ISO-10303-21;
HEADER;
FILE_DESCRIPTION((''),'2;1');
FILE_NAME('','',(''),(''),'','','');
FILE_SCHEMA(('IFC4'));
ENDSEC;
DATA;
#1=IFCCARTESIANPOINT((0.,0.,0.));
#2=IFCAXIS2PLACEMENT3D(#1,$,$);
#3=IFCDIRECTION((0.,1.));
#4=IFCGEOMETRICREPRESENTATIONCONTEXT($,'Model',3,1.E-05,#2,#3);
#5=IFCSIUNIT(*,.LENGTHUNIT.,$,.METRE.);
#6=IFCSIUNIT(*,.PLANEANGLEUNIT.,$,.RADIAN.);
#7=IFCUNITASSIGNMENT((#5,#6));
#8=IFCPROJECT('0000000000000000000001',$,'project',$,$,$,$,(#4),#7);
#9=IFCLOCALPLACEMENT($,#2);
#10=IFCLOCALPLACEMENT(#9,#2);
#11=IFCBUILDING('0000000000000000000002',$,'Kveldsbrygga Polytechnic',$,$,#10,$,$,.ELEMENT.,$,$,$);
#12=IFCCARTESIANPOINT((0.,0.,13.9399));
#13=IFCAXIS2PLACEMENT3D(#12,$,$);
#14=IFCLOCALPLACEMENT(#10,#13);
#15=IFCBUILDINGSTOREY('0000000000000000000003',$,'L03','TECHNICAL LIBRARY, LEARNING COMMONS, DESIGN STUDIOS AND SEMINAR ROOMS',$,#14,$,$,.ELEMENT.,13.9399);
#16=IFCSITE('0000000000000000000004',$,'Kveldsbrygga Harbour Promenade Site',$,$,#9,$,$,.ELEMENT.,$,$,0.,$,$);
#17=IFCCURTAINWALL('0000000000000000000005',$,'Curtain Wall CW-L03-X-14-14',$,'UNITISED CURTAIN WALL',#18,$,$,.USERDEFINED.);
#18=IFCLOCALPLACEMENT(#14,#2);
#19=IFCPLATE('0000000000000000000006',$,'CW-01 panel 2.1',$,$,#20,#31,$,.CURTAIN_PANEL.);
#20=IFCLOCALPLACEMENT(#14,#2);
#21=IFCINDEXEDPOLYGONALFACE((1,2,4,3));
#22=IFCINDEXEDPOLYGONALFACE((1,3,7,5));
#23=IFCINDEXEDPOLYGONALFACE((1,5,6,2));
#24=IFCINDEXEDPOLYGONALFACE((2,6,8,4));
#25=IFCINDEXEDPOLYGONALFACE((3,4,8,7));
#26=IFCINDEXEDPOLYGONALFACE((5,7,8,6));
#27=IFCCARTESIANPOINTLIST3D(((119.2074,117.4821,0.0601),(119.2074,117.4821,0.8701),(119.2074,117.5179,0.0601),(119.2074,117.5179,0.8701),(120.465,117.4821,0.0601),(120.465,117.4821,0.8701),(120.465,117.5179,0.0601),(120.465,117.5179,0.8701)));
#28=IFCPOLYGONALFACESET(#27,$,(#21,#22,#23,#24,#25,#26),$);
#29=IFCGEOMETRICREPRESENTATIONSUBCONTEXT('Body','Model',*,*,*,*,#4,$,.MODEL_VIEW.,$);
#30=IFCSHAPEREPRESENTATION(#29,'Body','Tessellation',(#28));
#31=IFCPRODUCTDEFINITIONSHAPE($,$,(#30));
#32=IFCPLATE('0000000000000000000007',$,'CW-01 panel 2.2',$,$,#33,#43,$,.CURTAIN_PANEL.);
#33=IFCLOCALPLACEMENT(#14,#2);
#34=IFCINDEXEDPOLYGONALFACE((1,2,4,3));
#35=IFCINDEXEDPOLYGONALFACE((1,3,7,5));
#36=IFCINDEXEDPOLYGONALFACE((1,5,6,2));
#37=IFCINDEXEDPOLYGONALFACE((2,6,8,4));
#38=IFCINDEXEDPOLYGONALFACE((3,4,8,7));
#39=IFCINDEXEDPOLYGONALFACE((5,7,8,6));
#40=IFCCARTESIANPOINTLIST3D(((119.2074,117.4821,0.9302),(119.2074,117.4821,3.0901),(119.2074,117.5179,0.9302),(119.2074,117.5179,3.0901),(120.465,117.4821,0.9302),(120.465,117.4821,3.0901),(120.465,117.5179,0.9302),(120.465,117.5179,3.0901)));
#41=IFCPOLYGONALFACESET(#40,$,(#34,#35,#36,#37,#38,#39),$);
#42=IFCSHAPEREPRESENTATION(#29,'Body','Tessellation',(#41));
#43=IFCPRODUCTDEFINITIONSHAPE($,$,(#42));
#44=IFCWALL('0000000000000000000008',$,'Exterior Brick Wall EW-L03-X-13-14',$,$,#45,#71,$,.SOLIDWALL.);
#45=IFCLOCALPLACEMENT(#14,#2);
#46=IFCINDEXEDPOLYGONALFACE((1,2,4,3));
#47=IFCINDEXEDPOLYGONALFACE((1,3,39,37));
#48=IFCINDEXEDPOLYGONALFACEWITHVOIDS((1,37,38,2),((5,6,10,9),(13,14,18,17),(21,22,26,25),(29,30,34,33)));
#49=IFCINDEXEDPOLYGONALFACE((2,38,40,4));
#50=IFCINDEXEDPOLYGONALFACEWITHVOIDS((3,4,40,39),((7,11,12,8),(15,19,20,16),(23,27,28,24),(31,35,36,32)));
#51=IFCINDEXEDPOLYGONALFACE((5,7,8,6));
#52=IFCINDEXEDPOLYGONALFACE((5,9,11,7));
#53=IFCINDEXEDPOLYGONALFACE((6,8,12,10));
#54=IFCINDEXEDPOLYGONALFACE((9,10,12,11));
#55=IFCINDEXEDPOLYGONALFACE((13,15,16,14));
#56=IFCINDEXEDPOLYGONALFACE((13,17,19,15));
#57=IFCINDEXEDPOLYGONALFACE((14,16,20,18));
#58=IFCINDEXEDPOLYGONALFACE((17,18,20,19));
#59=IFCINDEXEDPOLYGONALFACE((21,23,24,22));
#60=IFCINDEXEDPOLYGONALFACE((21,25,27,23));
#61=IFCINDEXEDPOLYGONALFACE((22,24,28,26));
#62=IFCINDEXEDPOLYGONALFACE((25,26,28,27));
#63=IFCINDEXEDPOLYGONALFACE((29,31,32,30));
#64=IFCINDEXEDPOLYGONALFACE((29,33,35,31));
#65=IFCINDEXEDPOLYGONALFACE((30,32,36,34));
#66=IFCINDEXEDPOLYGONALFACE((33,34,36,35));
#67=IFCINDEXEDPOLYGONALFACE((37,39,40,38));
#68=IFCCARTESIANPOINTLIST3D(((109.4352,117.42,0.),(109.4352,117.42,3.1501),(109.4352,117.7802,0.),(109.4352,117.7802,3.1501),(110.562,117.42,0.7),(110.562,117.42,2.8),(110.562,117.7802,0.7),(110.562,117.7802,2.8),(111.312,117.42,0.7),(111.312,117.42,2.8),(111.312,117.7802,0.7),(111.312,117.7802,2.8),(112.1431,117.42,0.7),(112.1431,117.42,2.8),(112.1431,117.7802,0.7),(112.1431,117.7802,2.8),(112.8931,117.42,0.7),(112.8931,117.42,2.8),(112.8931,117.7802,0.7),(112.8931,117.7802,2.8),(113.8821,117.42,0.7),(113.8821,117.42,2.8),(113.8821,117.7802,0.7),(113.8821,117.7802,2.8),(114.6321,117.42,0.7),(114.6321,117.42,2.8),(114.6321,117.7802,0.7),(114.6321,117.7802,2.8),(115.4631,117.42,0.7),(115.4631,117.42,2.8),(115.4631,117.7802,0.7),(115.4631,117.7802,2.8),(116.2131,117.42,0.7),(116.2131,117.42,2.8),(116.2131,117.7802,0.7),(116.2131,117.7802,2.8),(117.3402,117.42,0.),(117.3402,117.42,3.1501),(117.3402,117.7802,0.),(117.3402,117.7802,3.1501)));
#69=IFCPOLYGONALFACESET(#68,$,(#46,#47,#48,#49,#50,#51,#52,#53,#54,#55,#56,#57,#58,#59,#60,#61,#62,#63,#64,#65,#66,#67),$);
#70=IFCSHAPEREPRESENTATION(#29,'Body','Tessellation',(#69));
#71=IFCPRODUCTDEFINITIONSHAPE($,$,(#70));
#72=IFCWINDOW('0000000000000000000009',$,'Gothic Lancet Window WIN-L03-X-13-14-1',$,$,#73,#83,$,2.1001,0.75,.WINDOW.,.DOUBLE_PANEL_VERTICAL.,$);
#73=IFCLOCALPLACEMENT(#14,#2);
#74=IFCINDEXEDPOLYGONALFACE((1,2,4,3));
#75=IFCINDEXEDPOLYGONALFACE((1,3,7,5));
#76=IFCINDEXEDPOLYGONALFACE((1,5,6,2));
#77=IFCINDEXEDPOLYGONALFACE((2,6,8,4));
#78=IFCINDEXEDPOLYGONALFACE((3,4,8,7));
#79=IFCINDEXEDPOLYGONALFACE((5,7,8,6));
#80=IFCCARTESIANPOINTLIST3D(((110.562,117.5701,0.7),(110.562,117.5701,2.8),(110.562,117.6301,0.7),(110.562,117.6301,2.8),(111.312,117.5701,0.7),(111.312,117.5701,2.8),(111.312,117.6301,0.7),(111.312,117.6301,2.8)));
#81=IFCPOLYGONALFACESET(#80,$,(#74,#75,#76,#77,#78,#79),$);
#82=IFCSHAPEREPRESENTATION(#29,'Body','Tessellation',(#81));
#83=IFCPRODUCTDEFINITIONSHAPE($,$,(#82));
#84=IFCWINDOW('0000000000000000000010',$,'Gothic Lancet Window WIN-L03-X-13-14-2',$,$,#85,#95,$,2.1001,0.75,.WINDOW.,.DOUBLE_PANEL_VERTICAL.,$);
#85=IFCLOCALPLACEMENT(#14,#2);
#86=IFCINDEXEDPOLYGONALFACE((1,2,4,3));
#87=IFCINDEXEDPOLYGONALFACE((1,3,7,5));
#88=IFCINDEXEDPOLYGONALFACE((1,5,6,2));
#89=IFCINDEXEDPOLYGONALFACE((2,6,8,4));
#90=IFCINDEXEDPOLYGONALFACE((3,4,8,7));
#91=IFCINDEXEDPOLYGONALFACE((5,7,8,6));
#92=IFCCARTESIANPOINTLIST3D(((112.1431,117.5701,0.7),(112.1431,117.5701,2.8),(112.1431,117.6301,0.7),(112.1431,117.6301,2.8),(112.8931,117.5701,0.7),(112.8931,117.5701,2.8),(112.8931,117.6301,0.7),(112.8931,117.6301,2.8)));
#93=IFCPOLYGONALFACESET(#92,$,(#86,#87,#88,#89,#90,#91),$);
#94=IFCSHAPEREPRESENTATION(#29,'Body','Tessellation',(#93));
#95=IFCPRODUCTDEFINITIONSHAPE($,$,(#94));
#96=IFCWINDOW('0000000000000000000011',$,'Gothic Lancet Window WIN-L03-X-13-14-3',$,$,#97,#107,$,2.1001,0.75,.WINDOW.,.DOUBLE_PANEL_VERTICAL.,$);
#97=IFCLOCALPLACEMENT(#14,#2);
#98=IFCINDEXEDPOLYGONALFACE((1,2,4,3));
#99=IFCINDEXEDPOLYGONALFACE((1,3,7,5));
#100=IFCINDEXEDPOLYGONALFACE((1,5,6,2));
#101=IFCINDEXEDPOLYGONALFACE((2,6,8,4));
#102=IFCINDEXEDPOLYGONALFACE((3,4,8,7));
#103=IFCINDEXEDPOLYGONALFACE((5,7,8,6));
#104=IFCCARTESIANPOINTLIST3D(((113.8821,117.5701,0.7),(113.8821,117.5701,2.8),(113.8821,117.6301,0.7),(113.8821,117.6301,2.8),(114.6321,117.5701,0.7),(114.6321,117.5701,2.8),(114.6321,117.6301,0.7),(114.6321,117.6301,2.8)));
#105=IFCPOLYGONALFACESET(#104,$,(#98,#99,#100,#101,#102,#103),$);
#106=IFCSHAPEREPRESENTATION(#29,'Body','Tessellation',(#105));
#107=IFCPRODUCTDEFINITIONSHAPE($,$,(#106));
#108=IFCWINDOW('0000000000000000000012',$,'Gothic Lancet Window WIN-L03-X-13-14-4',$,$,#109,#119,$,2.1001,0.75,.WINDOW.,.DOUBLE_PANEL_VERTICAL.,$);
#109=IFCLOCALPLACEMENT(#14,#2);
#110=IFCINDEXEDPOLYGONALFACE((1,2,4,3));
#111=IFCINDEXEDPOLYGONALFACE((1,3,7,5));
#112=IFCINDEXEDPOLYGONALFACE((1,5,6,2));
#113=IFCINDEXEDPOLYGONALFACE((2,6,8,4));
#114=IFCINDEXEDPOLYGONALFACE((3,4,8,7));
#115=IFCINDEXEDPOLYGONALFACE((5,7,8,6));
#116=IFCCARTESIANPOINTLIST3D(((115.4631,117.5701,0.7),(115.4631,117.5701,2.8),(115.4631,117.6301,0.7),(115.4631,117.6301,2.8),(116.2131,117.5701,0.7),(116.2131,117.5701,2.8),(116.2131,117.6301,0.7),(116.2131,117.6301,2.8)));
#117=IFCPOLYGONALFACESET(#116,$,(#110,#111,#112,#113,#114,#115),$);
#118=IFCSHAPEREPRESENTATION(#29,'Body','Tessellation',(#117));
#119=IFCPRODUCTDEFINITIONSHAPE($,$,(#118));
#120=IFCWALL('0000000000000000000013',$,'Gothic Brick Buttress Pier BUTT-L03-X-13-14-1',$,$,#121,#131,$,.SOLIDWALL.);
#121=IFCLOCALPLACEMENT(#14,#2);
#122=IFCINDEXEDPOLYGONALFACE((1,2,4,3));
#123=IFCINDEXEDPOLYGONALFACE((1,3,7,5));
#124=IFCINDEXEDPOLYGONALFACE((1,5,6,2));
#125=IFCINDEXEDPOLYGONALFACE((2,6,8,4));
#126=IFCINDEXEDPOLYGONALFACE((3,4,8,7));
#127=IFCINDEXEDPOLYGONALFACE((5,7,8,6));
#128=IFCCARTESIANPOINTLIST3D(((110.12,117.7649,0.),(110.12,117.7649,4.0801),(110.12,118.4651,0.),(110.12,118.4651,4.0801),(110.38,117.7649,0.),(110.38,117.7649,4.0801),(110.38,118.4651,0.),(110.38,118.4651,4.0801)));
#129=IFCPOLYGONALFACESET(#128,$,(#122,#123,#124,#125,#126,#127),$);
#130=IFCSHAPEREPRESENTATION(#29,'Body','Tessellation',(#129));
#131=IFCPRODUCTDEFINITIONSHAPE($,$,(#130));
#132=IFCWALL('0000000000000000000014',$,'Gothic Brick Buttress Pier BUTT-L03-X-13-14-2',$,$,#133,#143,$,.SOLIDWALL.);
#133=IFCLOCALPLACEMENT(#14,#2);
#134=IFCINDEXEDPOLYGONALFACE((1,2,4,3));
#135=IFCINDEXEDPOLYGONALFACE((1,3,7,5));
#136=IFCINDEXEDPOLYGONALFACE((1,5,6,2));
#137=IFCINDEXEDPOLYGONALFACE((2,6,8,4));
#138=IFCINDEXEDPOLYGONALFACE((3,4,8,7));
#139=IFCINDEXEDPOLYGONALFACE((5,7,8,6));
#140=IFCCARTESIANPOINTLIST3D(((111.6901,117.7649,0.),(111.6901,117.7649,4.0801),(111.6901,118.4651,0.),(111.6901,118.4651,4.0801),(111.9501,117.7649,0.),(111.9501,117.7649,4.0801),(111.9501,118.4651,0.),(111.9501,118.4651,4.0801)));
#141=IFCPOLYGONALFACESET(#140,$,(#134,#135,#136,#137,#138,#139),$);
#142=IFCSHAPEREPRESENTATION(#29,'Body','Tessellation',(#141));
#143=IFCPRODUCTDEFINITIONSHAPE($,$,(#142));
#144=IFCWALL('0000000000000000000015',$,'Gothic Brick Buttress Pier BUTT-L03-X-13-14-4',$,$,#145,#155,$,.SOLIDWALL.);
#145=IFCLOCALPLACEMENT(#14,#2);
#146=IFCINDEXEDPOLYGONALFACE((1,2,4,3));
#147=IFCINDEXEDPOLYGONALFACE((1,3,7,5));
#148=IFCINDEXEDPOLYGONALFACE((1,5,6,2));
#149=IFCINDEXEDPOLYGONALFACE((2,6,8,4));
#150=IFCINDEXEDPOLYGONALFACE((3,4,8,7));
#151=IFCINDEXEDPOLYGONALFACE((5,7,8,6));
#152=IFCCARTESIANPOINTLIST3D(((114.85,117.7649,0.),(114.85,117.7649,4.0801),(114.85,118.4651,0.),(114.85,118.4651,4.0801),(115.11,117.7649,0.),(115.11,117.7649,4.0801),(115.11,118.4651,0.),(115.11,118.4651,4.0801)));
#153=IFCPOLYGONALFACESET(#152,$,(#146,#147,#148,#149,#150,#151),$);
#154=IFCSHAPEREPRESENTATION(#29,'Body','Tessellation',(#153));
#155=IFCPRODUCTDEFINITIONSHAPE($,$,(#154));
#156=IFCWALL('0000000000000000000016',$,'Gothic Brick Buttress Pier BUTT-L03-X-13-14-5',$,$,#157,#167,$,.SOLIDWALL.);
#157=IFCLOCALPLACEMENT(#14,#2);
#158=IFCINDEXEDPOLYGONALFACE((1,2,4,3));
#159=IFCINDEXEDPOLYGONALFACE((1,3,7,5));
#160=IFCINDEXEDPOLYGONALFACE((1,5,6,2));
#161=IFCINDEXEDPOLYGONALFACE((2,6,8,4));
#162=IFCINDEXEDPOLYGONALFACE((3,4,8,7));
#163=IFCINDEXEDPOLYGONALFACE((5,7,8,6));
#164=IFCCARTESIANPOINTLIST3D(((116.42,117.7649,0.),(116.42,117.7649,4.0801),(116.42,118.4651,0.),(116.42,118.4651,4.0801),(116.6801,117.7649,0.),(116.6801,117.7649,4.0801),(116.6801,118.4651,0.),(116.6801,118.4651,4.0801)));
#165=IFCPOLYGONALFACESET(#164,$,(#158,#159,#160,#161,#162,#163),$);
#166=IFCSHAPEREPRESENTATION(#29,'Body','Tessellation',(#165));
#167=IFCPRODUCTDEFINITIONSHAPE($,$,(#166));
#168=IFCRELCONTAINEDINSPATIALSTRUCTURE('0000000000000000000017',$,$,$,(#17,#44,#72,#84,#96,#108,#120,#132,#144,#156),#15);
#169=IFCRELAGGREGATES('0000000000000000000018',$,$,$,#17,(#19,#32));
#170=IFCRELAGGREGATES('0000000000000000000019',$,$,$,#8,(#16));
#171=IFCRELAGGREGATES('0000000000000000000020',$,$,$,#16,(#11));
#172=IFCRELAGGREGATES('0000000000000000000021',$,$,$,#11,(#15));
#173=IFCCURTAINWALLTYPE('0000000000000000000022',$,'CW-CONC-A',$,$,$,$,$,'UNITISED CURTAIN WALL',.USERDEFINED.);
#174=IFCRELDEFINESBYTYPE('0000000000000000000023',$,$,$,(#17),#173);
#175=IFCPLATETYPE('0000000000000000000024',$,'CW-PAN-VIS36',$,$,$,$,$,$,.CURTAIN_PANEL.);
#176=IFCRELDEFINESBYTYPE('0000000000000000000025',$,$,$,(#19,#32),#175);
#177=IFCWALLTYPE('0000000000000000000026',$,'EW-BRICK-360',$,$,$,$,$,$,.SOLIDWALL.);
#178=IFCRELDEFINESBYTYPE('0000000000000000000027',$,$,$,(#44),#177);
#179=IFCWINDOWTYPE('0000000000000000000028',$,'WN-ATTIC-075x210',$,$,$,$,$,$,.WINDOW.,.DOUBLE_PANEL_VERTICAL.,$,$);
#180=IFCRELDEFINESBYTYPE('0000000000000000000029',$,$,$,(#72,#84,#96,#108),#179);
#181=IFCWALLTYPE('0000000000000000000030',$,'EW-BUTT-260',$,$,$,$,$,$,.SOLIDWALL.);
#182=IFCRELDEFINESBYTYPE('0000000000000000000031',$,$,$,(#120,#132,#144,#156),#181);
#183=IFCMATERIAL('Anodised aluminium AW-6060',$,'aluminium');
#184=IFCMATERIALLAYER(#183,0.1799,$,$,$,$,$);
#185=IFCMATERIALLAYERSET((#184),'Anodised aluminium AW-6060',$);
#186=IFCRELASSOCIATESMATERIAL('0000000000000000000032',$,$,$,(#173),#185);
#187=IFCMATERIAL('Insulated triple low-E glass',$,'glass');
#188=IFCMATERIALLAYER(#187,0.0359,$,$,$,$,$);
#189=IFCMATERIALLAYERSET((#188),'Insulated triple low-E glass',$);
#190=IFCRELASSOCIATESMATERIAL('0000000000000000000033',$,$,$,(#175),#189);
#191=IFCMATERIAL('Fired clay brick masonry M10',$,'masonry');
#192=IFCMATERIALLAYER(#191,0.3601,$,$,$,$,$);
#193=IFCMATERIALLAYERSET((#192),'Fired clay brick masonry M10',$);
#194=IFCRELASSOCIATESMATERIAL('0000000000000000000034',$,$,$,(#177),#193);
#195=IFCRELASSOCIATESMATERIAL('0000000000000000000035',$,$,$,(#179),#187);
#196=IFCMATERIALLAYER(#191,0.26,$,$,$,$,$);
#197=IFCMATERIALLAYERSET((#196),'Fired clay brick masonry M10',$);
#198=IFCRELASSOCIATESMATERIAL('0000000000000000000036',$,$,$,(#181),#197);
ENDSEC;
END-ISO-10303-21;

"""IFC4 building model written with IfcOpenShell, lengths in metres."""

from ifc_helpers import new_model, si_unit, direction, frame, frame_2d, origin, origin_2d, place, context, subcontext, project, spatial, rectangle, extrude, material, layer, layer_set, type_object, element, fill, aggregate, save


model = new_model("IFC4")

# Units and contexts
model_context = context("Model", 3, precision=1e-05, world=origin(), true_north=direction((0.0, 1.0)))
body_context = subcontext(model_context, "Body", "Model", "MODEL_VIEW")
ifc_project = project(units=[si_unit("LENGTHUNIT", "METRE"), si_unit("PLANEANGLEUNIT", "RADIAN")], contexts=[model_context])

# Site, building, storey
site_placement = place(None, origin())
site = spatial("IfcSite", under=ifc_project, at=site_placement, Name="Kveldsbrygga Harbour Promenade Site", CompositionType="ELEMENT", RefElevation=0.0)
building_placement = place(site_placement, origin())
building = spatial("IfcBuilding", under=site, at=building_placement, Name="Kveldsbrygga Polytechnic", CompositionType="ELEMENT")
storey_placement = place(building_placement, frame((0.0, 0.0, 13.9399)))
storey = spatial("IfcBuildingStorey", under=building, at=storey_placement, Name="L03", Description="TECHNICAL LIBRARY, LEARNING COMMONS, DESIGN STUDIOS AND SEMINAR ROOMS", CompositionType="ELEMENT", Elevation=13.9399)

# Curtain wall, plates
ifc_material_1 = material(Name="Anodised aluminium AW-6060", Category="aluminium")
ifc_layer_1 = layer(ifc_material_1, 0.1799)
ifc_layer_set_1 = layer_set([ifc_layer_1], Name="Anodised aluminium AW-6060")
curtain_wall_type = type_object("IfcCurtainWallType", Name="CW-CONC-A", ElementType="UNITISED CURTAIN WALL", PredefinedType="USERDEFINED", material=ifc_layer_set_1)
curtain_wall_placement = place(storey_placement, origin())
curtain_wall = element("IfcCurtainWall", 1, at=curtain_wall_placement, inside=storey, type_object=curtain_wall_type, Name="Curtain Wall CW-L03-X-14-14", ObjectType="UNITISED CURTAIN WALL", PredefinedType="USERDEFINED")
ifc_material_2 = material(Name="Insulated triple low-E glass", Category="glass")
ifc_layer_2 = layer(ifc_material_2, 0.0359)
ifc_layer_set_2 = layer_set([ifc_layer_2], Name="Insulated triple low-E glass")
plate_type = type_object("IfcPlateType", Name="CW-PAN-VIS36", PredefinedType="CURTAIN_PANEL", material=ifc_layer_set_2)
plate_1_placement = place(storey_placement, frame((119.8362, 117.5, 0.0601), z_axis=(0.0, 0.0, 1.0), x_axis=(1.0, 0.0, 0.0)))
plate_1 = element("IfcPlate", 2, at=plate_1_placement, type_object=plate_type, Name="CW-01 panel 2.1", PredefinedType="CURTAIN_PANEL", context=body_context, shape_type="SweptSolid", body=[
    extrude(rectangle(XDim=1.2576, YDim=0.0359, at=origin_2d()), origin(), (0.0, 0.0, 1.0), 0.8101),
])
plate_2_placement = place(storey_placement, frame((119.8362, 117.5, 0.9302), z_axis=(0.0, 0.0, 1.0), x_axis=(1.0, 0.0, 0.0)))
plate_2 = element("IfcPlate", 3, at=plate_2_placement, type_object=plate_type, Name="CW-01 panel 2.2", PredefinedType="CURTAIN_PANEL", context=body_context, shape_type="SweptSolid", body=[
    extrude(rectangle(XDim=1.2576, YDim=0.0359, at=origin_2d()), origin(), (0.0, 0.0, 1.0), 2.1599),
])
aggregate(curtain_wall, [plate_1, plate_2])

# Wall, openings, windows
ifc_material_3 = material(Name="Fired clay brick masonry M10", Category="masonry")
ifc_layer_3 = layer(ifc_material_3, 0.3601)
ifc_layer_set_3 = layer_set([ifc_layer_3], Name="Fired clay brick masonry M10")
wall_type_1 = type_object("IfcWallType", Name="EW-BRICK-360", PredefinedType="SOLIDWALL", material=ifc_layer_set_3)
wall_placement = place(storey_placement, frame((109.4351, 117.6001, 0.0), z_axis=(0.0, 0.0, 1.0), x_axis=(1.0, 0.0, 0.0)))
wall = element("IfcWall", 4, at=wall_placement, inside=storey, type_object=wall_type_1, Name="Exterior Brick Wall EW-L03-X-13-14", PredefinedType="SOLIDWALL", context=body_context, shape_type="SweptSolid", body=[
    extrude(rectangle(XDim=7.905, YDim=0.3601, at=frame_2d((3.9526, 0.0))), origin(), (0.0, 0.0, 1.0), 3.1501),
])
opening_1_placement = place(wall_placement, frame((1.127, 0.0, 0.7)))
opening_1 = element("IfcOpeningElement", 5, at=opening_1_placement, cuts=wall, PredefinedType="OPENING", context=body_context, shape_type="SweptSolid", body=[
    extrude(rectangle(XDim=0.75, YDim=2.1001, at=frame_2d((0.375, 1.05))), frame((0.0, 0.1899, 0.0), z_axis=(0.0, -1.0, 0.0), x_axis=(1.0, 0.0, 0.0)), (0.0, 0.0, 1.0), 0.3801),
])
opening_2_placement = place(wall_placement, frame((2.708, 0.0, 0.7)))
opening_2 = element("IfcOpeningElement", 6, at=opening_2_placement, cuts=wall, PredefinedType="OPENING", context=body_context, shape_type="SweptSolid", body=[
    extrude(rectangle(XDim=0.75, YDim=2.1001, at=frame_2d((0.375, 1.05))), frame((0.0, 0.1899, 0.0), z_axis=(0.0, -1.0, 0.0), x_axis=(1.0, 0.0, 0.0)), (0.0, 0.0, 1.0), 0.3801),
])
opening_3_placement = place(wall_placement, frame((4.447, 0.0, 0.7)))
opening_3 = element("IfcOpeningElement", 7, at=opening_3_placement, cuts=wall, PredefinedType="OPENING", context=body_context, shape_type="SweptSolid", body=[
    extrude(rectangle(XDim=0.75, YDim=2.1001, at=frame_2d((0.375, 1.05))), frame((0.0, 0.1899, 0.0), z_axis=(0.0, -1.0, 0.0), x_axis=(1.0, 0.0, 0.0)), (0.0, 0.0, 1.0), 0.3801),
])
opening_4_placement = place(wall_placement, frame((6.0281, 0.0, 0.7)))
opening_4 = element("IfcOpeningElement", 8, at=opening_4_placement, cuts=wall, PredefinedType="OPENING", context=body_context, shape_type="SweptSolid", body=[
    extrude(rectangle(XDim=0.75, YDim=2.1001, at=frame_2d((0.375, 1.05))), frame((0.0, 0.1899, 0.0), z_axis=(0.0, -1.0, 0.0), x_axis=(1.0, 0.0, 0.0)), (0.0, 0.0, 1.0), 0.3801),
])
window_type = type_object("IfcWindowType", Name="WN-ATTIC-075x210", PartitioningType="DOUBLE_PANEL_VERTICAL", PredefinedType="WINDOW", material=ifc_material_2)
window_1_placement = place(opening_1_placement, origin())
window_1 = element("IfcWindow", 9, at=window_1_placement, inside=storey, type_object=window_type, Name="Gothic Lancet Window WIN-L03-X-13-14-1", OverallHeight=2.1001, OverallWidth=0.75, PartitioningType="DOUBLE_PANEL_VERTICAL", PredefinedType="WINDOW", context=body_context, shape_type="SweptSolid", body=[
    extrude(rectangle(XDim=0.75, YDim=2.1001, at=frame_2d((0.375, 1.05))), frame((0.0, 0.03, 0.0), z_axis=(0.0, -1.0, 0.0), x_axis=(1.0, 0.0, 0.0)), (0.0, 0.0, 1.0), 0.0601),
])
fill(opening_1, window_1)
window_2_placement = place(opening_2_placement, origin())
window_2 = element("IfcWindow", 10, at=window_2_placement, inside=storey, type_object=window_type, Name="Gothic Lancet Window WIN-L03-X-13-14-2", OverallHeight=2.1001, OverallWidth=0.75, PartitioningType="DOUBLE_PANEL_VERTICAL", PredefinedType="WINDOW", context=body_context, shape_type="SweptSolid", body=[
    extrude(rectangle(XDim=0.75, YDim=2.1001, at=frame_2d((0.375, 1.05))), frame((0.0, 0.03, 0.0), z_axis=(0.0, -1.0, 0.0), x_axis=(1.0, 0.0, 0.0)), (0.0, 0.0, 1.0), 0.0601),
])
fill(opening_2, window_2)
window_3_placement = place(opening_3_placement, origin())
window_3 = element("IfcWindow", 11, at=window_3_placement, inside=storey, type_object=window_type, Name="Gothic Lancet Window WIN-L03-X-13-14-3", OverallHeight=2.1001, OverallWidth=0.75, PartitioningType="DOUBLE_PANEL_VERTICAL", PredefinedType="WINDOW", context=body_context, shape_type="SweptSolid", body=[
    extrude(rectangle(XDim=0.75, YDim=2.1001, at=frame_2d((0.375, 1.05))), frame((0.0, 0.03, 0.0), z_axis=(0.0, -1.0, 0.0), x_axis=(1.0, 0.0, 0.0)), (0.0, 0.0, 1.0), 0.0601),
])
fill(opening_3, window_3)
window_4_placement = place(opening_4_placement, origin())
window_4 = element("IfcWindow", 12, at=window_4_placement, inside=storey, type_object=window_type, Name="Gothic Lancet Window WIN-L03-X-13-14-4", OverallHeight=2.1001, OverallWidth=0.75, PartitioningType="DOUBLE_PANEL_VERTICAL", PredefinedType="WINDOW", context=body_context, shape_type="SweptSolid", body=[
    extrude(rectangle(XDim=0.75, YDim=2.1001, at=frame_2d((0.375, 1.05))), frame((0.0, 0.03, 0.0), z_axis=(0.0, -1.0, 0.0), x_axis=(1.0, 0.0, 0.0)), (0.0, 0.0, 1.0), 0.0601),
])
fill(opening_4, window_4)

# Walls
ifc_layer_4 = layer(ifc_material_3, 0.26)
ifc_layer_set_4 = layer_set([ifc_layer_4], Name="Fired clay brick masonry M10")
wall_type_2 = type_object("IfcWallType", Name="EW-BUTT-260", PredefinedType="SOLIDWALL", material=ifc_layer_set_4)
for number, where, z_axis, x_axis, name in (
    (13, (110.25, 117.7649, 0.0), (0.0, 0.0, 1.0), (0.0, 1.0, 0.0), "Gothic Brick Buttress Pier BUTT-L03-X-13-14-1"),
    (14, (111.8201, 117.7649, 0.0), (0.0, 0.0, 1.0), (0.0, 1.0, 0.0), "Gothic Brick Buttress Pier BUTT-L03-X-13-14-2"),
    (15, (114.98, 117.7649, 0.0), (0.0, 0.0, 1.0), (0.0, 1.0, 0.0), "Gothic Brick Buttress Pier BUTT-L03-X-13-14-4"),
    (16, (116.55, 117.7649, 0.0), (0.0, 0.0, 1.0), (0.0, 1.0, 0.0), "Gothic Brick Buttress Pier BUTT-L03-X-13-14-5"),
):
    element("IfcWall", number, at=place(storey_placement, frame(where, z_axis=z_axis, x_axis=x_axis)), inside=storey, type_object=wall_type_2, Name=name, PredefinedType="SOLIDWALL", context=body_context, shape_type="SweptSolid", body=[
        extrude(rectangle(XDim=0.7002, YDim=0.26, at=frame_2d((0.3501, 0.0))), origin(), (0.0, 0.0, 1.0), 4.0801),
    ])

save(model, "model.ifc")
